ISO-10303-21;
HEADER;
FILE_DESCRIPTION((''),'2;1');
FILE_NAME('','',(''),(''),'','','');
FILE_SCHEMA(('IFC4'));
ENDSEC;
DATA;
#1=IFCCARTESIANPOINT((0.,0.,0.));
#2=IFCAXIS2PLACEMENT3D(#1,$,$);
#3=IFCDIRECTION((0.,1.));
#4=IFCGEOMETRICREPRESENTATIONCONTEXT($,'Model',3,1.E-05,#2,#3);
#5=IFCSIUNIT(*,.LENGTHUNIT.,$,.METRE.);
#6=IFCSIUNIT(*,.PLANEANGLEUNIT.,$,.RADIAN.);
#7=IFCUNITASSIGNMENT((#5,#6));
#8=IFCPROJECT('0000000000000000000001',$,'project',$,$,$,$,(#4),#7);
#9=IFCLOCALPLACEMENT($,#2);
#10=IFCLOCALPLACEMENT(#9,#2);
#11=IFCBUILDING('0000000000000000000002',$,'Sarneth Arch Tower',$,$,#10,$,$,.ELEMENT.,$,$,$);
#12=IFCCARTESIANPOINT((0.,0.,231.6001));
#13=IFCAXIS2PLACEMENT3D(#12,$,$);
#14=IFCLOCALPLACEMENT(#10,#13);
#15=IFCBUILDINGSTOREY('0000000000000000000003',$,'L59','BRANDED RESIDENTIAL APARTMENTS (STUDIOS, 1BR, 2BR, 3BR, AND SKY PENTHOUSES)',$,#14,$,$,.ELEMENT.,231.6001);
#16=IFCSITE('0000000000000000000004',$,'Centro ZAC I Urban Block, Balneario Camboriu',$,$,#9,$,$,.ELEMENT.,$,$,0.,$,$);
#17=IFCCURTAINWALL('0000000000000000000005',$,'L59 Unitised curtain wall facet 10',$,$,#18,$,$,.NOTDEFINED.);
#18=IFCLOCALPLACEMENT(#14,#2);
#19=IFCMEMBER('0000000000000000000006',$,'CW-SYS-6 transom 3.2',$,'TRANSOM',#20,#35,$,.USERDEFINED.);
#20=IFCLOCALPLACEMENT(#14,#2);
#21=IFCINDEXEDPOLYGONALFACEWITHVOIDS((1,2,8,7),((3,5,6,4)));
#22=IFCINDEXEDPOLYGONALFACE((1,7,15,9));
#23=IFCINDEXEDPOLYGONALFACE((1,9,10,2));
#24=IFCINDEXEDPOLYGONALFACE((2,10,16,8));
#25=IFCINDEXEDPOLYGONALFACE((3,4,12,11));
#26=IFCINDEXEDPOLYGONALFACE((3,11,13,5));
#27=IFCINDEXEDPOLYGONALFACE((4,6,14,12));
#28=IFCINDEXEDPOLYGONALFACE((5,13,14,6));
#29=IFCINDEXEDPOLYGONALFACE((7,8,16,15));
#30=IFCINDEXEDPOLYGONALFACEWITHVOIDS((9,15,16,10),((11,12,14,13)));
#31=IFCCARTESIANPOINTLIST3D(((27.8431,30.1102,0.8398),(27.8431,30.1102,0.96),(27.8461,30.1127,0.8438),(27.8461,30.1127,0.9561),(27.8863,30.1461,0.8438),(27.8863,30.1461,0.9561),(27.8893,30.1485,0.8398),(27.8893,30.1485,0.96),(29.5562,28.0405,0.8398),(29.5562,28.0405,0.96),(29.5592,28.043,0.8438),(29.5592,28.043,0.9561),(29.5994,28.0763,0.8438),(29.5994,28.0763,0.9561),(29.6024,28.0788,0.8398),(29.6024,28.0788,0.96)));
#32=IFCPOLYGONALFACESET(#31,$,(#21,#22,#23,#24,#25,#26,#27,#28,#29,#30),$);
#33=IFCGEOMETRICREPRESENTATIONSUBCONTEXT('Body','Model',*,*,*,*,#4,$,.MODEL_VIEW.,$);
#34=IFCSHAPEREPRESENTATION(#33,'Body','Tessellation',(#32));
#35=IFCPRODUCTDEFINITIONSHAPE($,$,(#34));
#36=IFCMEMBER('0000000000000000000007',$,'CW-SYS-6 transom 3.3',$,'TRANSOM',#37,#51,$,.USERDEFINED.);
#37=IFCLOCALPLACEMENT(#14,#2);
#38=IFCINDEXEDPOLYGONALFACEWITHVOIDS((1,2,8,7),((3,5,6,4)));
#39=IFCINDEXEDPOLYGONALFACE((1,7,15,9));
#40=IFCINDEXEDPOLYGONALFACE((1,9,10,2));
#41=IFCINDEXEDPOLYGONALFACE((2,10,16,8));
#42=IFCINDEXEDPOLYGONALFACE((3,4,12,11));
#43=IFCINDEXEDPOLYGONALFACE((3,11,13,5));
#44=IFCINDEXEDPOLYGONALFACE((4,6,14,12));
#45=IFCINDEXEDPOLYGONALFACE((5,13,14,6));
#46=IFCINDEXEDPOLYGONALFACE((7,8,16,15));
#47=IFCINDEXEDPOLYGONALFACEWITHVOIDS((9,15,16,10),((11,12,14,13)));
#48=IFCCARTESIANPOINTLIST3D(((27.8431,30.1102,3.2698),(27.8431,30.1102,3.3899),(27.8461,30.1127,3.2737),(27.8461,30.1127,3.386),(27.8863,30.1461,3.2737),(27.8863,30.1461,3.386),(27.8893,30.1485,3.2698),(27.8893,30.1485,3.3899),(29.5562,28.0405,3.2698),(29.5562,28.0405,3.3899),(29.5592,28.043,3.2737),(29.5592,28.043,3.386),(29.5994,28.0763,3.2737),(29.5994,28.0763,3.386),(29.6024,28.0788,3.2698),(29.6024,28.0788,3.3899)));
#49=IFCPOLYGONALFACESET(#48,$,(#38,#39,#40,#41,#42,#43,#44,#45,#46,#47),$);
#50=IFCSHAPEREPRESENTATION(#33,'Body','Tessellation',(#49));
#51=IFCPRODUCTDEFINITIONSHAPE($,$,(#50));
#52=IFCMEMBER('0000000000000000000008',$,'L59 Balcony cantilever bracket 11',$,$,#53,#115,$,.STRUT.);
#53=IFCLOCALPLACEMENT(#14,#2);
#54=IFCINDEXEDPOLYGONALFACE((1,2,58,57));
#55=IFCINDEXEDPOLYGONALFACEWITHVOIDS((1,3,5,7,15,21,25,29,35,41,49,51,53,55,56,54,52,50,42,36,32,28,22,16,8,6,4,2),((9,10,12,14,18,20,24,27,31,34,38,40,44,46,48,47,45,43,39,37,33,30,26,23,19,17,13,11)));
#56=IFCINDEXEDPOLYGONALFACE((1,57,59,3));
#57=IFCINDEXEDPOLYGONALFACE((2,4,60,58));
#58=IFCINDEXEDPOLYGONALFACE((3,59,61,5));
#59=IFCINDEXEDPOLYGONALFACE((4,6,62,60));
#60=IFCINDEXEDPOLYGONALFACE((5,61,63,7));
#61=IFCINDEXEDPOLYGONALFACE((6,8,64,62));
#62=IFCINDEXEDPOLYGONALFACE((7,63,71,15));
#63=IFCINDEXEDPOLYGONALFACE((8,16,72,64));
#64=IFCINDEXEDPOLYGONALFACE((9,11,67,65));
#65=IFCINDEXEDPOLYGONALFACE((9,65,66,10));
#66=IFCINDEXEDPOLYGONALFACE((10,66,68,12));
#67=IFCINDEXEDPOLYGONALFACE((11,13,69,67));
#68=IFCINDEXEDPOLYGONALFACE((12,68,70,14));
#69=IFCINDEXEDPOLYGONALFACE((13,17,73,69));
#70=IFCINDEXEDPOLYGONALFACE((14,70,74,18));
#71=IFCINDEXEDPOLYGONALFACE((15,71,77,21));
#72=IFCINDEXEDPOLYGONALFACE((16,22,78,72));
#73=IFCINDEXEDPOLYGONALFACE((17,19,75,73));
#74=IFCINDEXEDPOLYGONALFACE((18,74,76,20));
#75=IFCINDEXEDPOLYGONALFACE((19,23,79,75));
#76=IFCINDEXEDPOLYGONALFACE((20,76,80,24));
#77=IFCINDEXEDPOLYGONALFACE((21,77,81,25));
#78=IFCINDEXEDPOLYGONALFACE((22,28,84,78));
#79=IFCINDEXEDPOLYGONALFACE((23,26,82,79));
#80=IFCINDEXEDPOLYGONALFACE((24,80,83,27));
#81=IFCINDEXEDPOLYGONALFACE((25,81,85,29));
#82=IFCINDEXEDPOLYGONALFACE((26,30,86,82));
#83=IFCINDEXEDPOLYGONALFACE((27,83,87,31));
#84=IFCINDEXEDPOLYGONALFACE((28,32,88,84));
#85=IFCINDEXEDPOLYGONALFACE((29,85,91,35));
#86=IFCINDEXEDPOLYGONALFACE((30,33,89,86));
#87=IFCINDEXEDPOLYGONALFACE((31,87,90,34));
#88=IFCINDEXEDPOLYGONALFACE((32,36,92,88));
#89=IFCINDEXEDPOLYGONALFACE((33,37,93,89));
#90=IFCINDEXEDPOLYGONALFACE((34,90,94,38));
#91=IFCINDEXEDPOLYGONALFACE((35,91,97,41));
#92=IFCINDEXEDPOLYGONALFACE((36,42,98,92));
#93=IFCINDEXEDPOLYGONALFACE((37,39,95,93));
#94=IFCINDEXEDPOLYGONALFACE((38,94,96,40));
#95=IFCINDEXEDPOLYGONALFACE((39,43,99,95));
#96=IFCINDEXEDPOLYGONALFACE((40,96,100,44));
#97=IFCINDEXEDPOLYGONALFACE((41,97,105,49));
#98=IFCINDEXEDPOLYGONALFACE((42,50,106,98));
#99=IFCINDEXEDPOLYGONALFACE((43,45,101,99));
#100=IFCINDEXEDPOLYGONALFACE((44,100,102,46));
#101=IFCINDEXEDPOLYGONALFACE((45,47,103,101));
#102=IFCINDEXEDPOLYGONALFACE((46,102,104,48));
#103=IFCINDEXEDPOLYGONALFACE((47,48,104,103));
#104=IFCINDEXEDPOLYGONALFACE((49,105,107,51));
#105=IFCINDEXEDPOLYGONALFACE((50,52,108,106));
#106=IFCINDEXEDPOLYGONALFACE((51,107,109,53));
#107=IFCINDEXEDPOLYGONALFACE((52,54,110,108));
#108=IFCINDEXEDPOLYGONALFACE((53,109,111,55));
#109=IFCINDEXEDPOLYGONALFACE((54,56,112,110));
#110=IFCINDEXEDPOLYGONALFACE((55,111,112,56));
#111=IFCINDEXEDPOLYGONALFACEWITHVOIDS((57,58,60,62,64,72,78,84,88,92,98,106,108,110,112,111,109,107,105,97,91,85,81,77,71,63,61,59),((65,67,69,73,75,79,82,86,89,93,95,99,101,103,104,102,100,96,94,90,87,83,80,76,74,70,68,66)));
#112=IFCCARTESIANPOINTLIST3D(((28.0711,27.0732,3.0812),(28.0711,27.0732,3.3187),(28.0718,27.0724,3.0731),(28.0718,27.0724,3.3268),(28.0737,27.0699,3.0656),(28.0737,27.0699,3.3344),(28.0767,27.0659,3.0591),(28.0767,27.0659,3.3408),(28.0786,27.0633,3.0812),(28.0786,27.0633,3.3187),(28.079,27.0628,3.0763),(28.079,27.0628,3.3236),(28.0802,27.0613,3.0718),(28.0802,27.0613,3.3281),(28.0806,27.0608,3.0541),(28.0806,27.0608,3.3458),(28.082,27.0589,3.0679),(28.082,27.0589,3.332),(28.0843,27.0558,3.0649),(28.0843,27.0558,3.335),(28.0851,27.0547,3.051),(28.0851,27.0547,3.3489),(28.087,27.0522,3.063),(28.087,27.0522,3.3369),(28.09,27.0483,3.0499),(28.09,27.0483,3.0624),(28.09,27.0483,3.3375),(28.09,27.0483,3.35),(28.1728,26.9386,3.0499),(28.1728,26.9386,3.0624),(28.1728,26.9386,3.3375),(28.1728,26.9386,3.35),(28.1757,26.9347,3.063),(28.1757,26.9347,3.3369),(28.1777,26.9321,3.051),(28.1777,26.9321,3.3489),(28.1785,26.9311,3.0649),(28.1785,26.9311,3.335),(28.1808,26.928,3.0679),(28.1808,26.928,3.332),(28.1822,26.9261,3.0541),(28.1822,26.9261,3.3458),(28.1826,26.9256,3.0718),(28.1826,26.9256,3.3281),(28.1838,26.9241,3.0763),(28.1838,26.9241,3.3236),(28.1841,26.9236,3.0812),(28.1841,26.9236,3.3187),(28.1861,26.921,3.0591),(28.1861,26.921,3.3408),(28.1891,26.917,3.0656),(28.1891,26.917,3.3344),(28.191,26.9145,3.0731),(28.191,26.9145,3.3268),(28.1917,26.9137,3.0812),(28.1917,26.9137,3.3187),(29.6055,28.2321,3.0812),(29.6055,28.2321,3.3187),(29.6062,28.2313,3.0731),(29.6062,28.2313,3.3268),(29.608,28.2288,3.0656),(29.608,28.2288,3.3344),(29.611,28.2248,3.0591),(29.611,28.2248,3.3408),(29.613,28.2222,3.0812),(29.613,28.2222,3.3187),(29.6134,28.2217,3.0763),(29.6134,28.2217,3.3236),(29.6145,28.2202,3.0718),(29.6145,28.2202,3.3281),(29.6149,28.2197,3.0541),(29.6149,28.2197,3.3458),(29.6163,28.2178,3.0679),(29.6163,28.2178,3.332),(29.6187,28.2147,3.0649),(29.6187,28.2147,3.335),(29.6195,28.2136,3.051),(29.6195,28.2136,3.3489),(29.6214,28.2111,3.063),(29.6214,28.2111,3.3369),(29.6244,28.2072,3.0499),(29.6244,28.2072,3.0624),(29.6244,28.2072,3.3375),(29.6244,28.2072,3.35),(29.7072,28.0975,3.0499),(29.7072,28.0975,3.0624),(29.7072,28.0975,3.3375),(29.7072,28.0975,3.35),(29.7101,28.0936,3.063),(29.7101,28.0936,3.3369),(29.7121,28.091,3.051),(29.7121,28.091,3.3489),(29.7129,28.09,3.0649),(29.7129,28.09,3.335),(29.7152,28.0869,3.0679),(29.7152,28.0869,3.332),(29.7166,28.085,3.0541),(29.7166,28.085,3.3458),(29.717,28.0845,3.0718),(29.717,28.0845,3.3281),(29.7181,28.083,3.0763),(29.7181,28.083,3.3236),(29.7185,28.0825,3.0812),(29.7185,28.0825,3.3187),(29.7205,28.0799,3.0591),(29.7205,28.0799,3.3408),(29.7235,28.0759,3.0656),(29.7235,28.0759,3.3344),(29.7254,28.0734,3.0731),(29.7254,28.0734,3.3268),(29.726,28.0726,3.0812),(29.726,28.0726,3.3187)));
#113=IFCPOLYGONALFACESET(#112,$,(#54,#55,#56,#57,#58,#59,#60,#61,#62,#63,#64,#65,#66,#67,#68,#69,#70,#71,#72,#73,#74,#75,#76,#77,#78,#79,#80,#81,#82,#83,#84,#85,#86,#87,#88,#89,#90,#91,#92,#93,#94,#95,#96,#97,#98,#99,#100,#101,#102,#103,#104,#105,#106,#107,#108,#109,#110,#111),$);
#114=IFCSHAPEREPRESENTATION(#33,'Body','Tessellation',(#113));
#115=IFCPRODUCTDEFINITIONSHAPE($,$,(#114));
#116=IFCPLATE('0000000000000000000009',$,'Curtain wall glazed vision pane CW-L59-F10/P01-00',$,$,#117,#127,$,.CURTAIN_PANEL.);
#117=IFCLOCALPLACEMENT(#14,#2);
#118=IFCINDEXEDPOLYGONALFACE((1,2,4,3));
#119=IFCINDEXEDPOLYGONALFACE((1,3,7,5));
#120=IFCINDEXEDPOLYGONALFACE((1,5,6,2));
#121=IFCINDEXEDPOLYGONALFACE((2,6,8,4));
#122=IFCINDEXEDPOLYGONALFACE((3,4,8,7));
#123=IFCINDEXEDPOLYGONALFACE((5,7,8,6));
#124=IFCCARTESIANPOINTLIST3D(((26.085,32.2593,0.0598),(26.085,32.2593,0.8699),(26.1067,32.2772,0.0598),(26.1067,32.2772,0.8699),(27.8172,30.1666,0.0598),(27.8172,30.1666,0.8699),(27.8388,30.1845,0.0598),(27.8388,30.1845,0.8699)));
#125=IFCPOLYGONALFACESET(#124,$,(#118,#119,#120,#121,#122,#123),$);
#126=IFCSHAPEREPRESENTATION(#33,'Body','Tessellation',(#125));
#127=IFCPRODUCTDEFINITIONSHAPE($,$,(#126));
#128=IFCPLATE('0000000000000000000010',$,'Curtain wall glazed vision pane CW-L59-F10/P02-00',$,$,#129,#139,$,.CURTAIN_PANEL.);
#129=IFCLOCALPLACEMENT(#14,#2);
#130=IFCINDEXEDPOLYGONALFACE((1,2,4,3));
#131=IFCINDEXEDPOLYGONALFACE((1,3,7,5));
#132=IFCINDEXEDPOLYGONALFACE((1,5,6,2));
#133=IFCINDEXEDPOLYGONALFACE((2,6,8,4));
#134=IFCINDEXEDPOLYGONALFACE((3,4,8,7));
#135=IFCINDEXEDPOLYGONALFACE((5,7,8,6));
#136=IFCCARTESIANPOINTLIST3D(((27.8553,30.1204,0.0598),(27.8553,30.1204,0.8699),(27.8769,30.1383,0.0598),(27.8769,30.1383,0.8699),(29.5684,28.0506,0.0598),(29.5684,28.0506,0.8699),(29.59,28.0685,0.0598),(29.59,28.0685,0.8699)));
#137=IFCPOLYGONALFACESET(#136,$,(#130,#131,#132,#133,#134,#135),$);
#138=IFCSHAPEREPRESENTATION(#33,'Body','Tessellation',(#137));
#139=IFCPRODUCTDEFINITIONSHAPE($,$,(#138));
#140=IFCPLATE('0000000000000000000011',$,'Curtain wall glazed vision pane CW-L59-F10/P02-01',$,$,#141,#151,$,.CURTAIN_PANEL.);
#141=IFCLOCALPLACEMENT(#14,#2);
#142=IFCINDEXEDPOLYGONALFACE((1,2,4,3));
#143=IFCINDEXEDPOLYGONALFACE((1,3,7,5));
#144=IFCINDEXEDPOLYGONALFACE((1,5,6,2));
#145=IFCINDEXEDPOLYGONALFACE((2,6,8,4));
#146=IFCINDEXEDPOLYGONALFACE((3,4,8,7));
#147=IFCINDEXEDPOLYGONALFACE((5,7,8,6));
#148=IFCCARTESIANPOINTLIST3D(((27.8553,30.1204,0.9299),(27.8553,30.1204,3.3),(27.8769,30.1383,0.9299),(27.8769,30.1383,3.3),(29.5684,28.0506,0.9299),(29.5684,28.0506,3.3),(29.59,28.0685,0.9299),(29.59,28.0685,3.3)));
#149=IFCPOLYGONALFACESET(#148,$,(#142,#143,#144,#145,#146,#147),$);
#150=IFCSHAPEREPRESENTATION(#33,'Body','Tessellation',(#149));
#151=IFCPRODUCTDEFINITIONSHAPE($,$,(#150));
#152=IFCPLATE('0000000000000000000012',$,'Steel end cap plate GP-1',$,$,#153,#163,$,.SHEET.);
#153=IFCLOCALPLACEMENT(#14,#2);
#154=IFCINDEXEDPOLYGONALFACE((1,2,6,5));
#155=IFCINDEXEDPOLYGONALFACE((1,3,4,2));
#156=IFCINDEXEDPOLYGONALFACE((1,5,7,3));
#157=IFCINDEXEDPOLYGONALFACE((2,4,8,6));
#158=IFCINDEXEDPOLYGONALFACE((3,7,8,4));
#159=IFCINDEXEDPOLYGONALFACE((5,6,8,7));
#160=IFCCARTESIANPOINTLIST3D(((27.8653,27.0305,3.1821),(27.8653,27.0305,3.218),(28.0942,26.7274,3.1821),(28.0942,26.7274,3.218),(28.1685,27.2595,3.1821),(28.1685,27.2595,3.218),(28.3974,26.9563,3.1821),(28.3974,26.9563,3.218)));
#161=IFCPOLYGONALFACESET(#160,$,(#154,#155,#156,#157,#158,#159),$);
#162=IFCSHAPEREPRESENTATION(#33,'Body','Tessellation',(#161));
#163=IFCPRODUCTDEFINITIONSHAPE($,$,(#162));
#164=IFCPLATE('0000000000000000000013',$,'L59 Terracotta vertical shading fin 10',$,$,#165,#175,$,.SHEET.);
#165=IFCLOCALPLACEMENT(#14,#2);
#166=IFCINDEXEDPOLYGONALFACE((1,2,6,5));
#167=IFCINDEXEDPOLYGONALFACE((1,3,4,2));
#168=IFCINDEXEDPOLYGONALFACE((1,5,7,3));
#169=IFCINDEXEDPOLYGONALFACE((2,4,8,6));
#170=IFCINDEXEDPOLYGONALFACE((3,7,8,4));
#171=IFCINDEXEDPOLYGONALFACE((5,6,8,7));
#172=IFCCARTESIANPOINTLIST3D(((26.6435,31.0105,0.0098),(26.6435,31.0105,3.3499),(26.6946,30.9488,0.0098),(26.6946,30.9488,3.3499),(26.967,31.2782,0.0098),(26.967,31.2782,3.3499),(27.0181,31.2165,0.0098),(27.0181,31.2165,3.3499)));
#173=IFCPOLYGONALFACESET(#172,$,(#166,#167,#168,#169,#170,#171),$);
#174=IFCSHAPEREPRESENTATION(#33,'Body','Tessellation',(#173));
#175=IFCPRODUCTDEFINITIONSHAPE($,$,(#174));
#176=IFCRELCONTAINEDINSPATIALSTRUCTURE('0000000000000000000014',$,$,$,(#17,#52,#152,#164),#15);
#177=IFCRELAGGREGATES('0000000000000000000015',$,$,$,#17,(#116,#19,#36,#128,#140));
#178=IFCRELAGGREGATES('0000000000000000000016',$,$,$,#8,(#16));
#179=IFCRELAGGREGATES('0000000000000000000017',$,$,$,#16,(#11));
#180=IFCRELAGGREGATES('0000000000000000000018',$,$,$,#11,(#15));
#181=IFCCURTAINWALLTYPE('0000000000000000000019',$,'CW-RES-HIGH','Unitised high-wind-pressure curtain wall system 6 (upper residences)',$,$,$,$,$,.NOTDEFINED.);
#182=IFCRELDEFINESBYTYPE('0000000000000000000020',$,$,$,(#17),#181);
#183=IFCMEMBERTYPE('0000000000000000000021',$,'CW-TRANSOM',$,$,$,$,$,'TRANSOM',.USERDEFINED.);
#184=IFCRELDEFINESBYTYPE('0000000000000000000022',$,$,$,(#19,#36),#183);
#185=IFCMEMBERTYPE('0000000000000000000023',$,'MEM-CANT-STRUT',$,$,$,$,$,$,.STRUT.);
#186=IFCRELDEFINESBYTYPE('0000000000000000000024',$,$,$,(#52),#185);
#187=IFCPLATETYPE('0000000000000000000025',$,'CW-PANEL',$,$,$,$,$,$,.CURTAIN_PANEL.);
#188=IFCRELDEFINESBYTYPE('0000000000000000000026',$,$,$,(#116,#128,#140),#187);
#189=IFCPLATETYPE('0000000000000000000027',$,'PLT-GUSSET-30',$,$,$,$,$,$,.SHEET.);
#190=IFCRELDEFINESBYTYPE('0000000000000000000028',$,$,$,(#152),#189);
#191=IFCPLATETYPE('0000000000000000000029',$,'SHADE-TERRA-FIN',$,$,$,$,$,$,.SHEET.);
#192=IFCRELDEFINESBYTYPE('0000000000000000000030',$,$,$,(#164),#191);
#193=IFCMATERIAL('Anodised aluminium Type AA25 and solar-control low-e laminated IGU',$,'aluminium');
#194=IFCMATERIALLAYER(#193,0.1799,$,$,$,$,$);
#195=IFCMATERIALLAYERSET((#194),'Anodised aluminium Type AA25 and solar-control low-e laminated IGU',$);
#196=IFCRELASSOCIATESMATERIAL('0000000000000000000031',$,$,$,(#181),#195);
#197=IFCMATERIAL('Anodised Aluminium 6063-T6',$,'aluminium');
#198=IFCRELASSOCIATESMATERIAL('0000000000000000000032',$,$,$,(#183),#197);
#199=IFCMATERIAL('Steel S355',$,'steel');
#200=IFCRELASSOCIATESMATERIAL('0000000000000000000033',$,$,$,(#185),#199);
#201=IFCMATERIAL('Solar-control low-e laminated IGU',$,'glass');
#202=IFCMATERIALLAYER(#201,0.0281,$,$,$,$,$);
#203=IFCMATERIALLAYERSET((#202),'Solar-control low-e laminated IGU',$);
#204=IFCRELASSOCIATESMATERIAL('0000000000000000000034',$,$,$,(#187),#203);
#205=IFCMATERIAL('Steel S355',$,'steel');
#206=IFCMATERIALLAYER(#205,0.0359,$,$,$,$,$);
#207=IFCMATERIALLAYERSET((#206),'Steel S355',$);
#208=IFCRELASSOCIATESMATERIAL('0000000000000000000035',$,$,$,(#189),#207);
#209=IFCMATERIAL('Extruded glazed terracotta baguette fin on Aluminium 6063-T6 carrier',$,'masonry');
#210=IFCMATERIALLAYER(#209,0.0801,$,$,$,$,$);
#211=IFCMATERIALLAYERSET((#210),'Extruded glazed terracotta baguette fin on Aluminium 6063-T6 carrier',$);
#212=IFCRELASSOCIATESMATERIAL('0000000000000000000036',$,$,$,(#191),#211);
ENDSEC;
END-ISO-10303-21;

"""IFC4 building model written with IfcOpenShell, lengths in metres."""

from ifc_helpers import new_model, si_unit, direction, frame, origin, origin_2d, place, context, subcontext, project, spatial, rectangle, hollow_rectangle, extrude, material, layer, layer_set, material_profile, profile_set, type_object, element, aggregate, save


model = new_model("IFC4")

# Units and contexts
model_context = context("Model", 3, precision=1e-05, world=origin(), true_north=direction((0.0, 1.0)))
body_context = subcontext(model_context, "Body", "Model", "MODEL_VIEW")
ifc_project = project(units=[si_unit("LENGTHUNIT", "METRE"), si_unit("PLANEANGLEUNIT", "RADIAN")], contexts=[model_context])

# Site, building, storey
site_placement = place(None, origin())
site = spatial("IfcSite", under=ifc_project, at=site_placement, Name="Centro ZAC I Urban Block, Balneario Camboriu", CompositionType="ELEMENT", RefElevation=0.0)
building_placement = place(site_placement, origin())
building = spatial("IfcBuilding", under=site, at=building_placement, Name="Sarneth Arch Tower", CompositionType="ELEMENT")
storey_placement = place(building_placement, frame((0.0, 0.0, 231.6001)))
storey = spatial("IfcBuildingStorey", under=building, at=storey_placement, Name="L59", Description="BRANDED RESIDENTIAL APARTMENTS (STUDIOS, 1BR, 2BR, 3BR, AND SKY PENTHOUSES)", CompositionType="ELEMENT", Elevation=231.6001)

# Curtain wall, members
ifc_material_1 = material(Name="Anodised aluminium Type AA25 and solar-control low-e laminated IGU", Category="aluminium")
ifc_layer_1 = layer(ifc_material_1, 0.1799)
ifc_layer_set_1 = layer_set([ifc_layer_1], Name="Anodised aluminium Type AA25 and solar-control low-e laminated IGU")
curtain_wall_type = type_object("IfcCurtainWallType", Name="CW-RES-HIGH", Description="Unitised high-wind-pressure curtain wall system 6 (upper residences)", PredefinedType="NOTDEFINED", material=ifc_layer_set_1)
curtain_wall_placement = place(storey_placement, origin())
curtain_wall = element("IfcCurtainWall", 1, at=curtain_wall_placement, inside=storey, type_object=curtain_wall_type, Name="L59 Unitised curtain wall facet 10", PredefinedType="NOTDEFINED")
ifc_material_2 = material(Name="Anodised Aluminium 6063-T6", Category="aluminium")
ifc_material_profile_1 = material_profile(ifc_material_2, hollow_rectangle(XDim=0.0601, YDim=0.1201, WallThickness=0.0039, at=origin_2d()), Name="AL-TRAN-120x60x4")
ifc_profile_set_1 = profile_set([ifc_material_profile_1], Name="Anodised Aluminium 6063-T6")
member_type_1 = type_object("IfcMemberType", Name="CW-TRANSOM", ElementType="TRANSOM", PredefinedType="USERDEFINED", material=ifc_profile_set_1)
member_1_placement = place(storey_placement, frame((27.8662, 30.1294, 0.8999), z_axis=(0.637607, -0.770362, 0.0), x_axis=(0.770362, 0.637607, 0.0)))
member_1 = element("IfcMember", 2, at=member_1_placement, type_object=member_type_1, Name="CW-SYS-6 transom 3.2", ObjectType="TRANSOM", PredefinedType="USERDEFINED", context=body_context, shape_type="SweptSolid", body=[
    extrude(hollow_rectangle(XDim=0.0601, YDim=0.1201, WallThickness=0.0039, at=origin_2d()), origin(), (0.0, 0.0, 1.0), 2.6868),
])
member_2_placement = place(storey_placement, frame((27.8662, 30.1294, 3.3298), z_axis=(0.637607, -0.770362, 0.0), x_axis=(0.770362, 0.637607, 0.0)))
member_2 = element("IfcMember", 3, at=member_2_placement, type_object=member_type_1, Name="CW-SYS-6 transom 3.3", ObjectType="TRANSOM", PredefinedType="USERDEFINED", context=body_context, shape_type="SweptSolid", body=[
    extrude(hollow_rectangle(XDim=0.0601, YDim=0.1201, WallThickness=0.0039, at=origin_2d()), origin(), (0.0, 0.0, 1.0), 2.6868),
])

# Member
ifc_material_3 = material(Name="Steel S355", Category="steel")
ifc_material_profile_2 = material_profile(ifc_material_3, hollow_rectangle(XDim=0.2, YDim=0.3, WallThickness=0.0125, InnerFilletRadius=0.0188, OuterFilletRadius=0.0312, at=origin_2d()), Name="RHS300x200x12.5")
ifc_profile_set_2 = profile_set([ifc_material_profile_2], Name="Steel S355")
member_type_2 = type_object("IfcMemberType", Name="MEM-CANT-STRUT", PredefinedType="STRUT", material=ifc_profile_set_2)
member_3_placement = place(storey_placement, frame((29.6658, 28.1523, 3.2), z_axis=(-0.797969, -0.602698, 0.0), x_axis=(0.602698, -0.797969, 0.0)))
element("IfcMember", 4, at=member_3_placement, inside=storey, type_object=member_type_2, Name="L59 Balcony cantilever bracket 11", PredefinedType="STRUT", context=body_context, shape_type="SweptSolid", body=[
    extrude(hollow_rectangle(XDim=0.2, YDim=0.3, WallThickness=0.0125, InnerFilletRadius=0.0188, OuterFilletRadius=0.0312, at=origin_2d()), origin(), (0.0, 0.0, 1.0), 1.9229),
])

# Plates
ifc_material_4 = material(Name="Solar-control low-e laminated IGU", Category="glass")
ifc_layer_2 = layer(ifc_material_4, 0.0281)
ifc_layer_set_2 = layer_set([ifc_layer_2], Name="Solar-control low-e laminated IGU")
plate_type_1 = type_object("IfcPlateType", Name="CW-PANEL", PredefinedType="CURTAIN_PANEL", material=ifc_layer_set_2)
plate_1_placement = place(storey_placement, frame((26.9619, 31.2219, 0.0598), z_axis=(0.0, 0.0, 1.0), x_axis=(0.63761, -0.770359, 0.0)))
plate_1 = element("IfcPlate", 5, at=plate_1_placement, type_object=plate_type_1, Name="Curtain wall glazed vision pane CW-L59-F10/P01-00", PredefinedType="CURTAIN_PANEL", context=body_context, shape_type="SweptSolid", body=[
    extrude(rectangle(XDim=2.7166, YDim=0.0281, at=origin_2d()), origin(), (0.0, 0.0, 1.0), 0.8101),
])
plate_2_placement = place(storey_placement, frame((28.7227, 29.0945, 0.0598), z_axis=(0.0, 0.0, 1.0), x_axis=(0.63761, -0.770359, 0.0)))
plate_2 = element("IfcPlate", 6, at=plate_2_placement, type_object=plate_type_1, Name="Curtain wall glazed vision pane CW-L59-F10/P02-00", PredefinedType="CURTAIN_PANEL", context=body_context, shape_type="SweptSolid", body=[
    extrude(rectangle(XDim=2.6868, YDim=0.0281, at=origin_2d()), origin(), (0.0, 0.0, 1.0), 0.8101),
])
plate_3_placement = place(storey_placement, frame((28.7227, 29.0945, 0.9299), z_axis=(0.0, 0.0, 1.0), x_axis=(0.63761, -0.770359, 0.0)))
plate_3 = element("IfcPlate", 7, at=plate_3_placement, type_object=plate_type_1, Name="Curtain wall glazed vision pane CW-L59-F10/P02-01", PredefinedType="CURTAIN_PANEL", context=body_context, shape_type="SweptSolid", body=[
    extrude(rectangle(XDim=2.6868, YDim=0.0281, at=origin_2d()), origin(), (0.0, 0.0, 1.0), 2.3701),
])
aggregate(curtain_wall, [plate_1, member_1, member_2, plate_2, plate_3])

# Plates
ifc_material_5 = material(Name="Steel S355", Category="steel")
ifc_layer_3 = layer(ifc_material_5, 0.0359)
ifc_layer_set_3 = layer_set([ifc_layer_3], Name="Steel S355")
plate_type_2 = type_object("IfcPlateType", Name="PLT-GUSSET-30", PredefinedType="SHEET", material=ifc_layer_set_3)
plate_4_placement = place(storey_placement, frame((28.1313, 26.9934, 3.1821), z_axis=(0.0, 0.0, 1.0), x_axis=(-0.798005, -0.602651, 0.0)))
element("IfcPlate", 8, at=plate_4_placement, inside=storey, type_object=plate_type_2, Name="Steel end cap plate GP-1", PredefinedType="SHEET", context=body_context, shape_type="SweptSolid", body=[
    extrude(rectangle(XDim=0.3799, YDim=0.3799, at=origin_2d()), origin(), (0.0, 0.0, 1.0), 0.0359),
])
ifc_material_6 = material(Name="Extruded glazed terracotta baguette fin on Aluminium 6063-T6 carrier", Category="masonry")
ifc_layer_4 = layer(ifc_material_6, 0.0801)
ifc_layer_set_4 = layer_set([ifc_layer_4], Name="Extruded glazed terracotta baguette fin on Aluminium 6063-T6 carrier")
plate_type_3 = type_object("IfcPlateType", Name="SHADE-TERRA-FIN", PredefinedType="SHEET", material=ifc_layer_set_4)
plate_5_placement = place(storey_placement, frame((26.8308, 31.1135, 0.0098), z_axis=(0.0, 0.0, 1.0), x_axis=(-0.770402, -0.637558, 0.0)))
element("IfcPlate", 9, at=plate_5_placement, inside=storey, type_object=plate_type_3, Name="L59 Terracotta vertical shading fin 10", PredefinedType="SHEET", context=body_context, shape_type="SweptSolid", body=[
    extrude(rectangle(XDim=0.4199, YDim=0.0801, at=origin_2d()), origin(), (0.0, 0.0, 1.0), 3.3401),
])

save(model, "model.ifc")
